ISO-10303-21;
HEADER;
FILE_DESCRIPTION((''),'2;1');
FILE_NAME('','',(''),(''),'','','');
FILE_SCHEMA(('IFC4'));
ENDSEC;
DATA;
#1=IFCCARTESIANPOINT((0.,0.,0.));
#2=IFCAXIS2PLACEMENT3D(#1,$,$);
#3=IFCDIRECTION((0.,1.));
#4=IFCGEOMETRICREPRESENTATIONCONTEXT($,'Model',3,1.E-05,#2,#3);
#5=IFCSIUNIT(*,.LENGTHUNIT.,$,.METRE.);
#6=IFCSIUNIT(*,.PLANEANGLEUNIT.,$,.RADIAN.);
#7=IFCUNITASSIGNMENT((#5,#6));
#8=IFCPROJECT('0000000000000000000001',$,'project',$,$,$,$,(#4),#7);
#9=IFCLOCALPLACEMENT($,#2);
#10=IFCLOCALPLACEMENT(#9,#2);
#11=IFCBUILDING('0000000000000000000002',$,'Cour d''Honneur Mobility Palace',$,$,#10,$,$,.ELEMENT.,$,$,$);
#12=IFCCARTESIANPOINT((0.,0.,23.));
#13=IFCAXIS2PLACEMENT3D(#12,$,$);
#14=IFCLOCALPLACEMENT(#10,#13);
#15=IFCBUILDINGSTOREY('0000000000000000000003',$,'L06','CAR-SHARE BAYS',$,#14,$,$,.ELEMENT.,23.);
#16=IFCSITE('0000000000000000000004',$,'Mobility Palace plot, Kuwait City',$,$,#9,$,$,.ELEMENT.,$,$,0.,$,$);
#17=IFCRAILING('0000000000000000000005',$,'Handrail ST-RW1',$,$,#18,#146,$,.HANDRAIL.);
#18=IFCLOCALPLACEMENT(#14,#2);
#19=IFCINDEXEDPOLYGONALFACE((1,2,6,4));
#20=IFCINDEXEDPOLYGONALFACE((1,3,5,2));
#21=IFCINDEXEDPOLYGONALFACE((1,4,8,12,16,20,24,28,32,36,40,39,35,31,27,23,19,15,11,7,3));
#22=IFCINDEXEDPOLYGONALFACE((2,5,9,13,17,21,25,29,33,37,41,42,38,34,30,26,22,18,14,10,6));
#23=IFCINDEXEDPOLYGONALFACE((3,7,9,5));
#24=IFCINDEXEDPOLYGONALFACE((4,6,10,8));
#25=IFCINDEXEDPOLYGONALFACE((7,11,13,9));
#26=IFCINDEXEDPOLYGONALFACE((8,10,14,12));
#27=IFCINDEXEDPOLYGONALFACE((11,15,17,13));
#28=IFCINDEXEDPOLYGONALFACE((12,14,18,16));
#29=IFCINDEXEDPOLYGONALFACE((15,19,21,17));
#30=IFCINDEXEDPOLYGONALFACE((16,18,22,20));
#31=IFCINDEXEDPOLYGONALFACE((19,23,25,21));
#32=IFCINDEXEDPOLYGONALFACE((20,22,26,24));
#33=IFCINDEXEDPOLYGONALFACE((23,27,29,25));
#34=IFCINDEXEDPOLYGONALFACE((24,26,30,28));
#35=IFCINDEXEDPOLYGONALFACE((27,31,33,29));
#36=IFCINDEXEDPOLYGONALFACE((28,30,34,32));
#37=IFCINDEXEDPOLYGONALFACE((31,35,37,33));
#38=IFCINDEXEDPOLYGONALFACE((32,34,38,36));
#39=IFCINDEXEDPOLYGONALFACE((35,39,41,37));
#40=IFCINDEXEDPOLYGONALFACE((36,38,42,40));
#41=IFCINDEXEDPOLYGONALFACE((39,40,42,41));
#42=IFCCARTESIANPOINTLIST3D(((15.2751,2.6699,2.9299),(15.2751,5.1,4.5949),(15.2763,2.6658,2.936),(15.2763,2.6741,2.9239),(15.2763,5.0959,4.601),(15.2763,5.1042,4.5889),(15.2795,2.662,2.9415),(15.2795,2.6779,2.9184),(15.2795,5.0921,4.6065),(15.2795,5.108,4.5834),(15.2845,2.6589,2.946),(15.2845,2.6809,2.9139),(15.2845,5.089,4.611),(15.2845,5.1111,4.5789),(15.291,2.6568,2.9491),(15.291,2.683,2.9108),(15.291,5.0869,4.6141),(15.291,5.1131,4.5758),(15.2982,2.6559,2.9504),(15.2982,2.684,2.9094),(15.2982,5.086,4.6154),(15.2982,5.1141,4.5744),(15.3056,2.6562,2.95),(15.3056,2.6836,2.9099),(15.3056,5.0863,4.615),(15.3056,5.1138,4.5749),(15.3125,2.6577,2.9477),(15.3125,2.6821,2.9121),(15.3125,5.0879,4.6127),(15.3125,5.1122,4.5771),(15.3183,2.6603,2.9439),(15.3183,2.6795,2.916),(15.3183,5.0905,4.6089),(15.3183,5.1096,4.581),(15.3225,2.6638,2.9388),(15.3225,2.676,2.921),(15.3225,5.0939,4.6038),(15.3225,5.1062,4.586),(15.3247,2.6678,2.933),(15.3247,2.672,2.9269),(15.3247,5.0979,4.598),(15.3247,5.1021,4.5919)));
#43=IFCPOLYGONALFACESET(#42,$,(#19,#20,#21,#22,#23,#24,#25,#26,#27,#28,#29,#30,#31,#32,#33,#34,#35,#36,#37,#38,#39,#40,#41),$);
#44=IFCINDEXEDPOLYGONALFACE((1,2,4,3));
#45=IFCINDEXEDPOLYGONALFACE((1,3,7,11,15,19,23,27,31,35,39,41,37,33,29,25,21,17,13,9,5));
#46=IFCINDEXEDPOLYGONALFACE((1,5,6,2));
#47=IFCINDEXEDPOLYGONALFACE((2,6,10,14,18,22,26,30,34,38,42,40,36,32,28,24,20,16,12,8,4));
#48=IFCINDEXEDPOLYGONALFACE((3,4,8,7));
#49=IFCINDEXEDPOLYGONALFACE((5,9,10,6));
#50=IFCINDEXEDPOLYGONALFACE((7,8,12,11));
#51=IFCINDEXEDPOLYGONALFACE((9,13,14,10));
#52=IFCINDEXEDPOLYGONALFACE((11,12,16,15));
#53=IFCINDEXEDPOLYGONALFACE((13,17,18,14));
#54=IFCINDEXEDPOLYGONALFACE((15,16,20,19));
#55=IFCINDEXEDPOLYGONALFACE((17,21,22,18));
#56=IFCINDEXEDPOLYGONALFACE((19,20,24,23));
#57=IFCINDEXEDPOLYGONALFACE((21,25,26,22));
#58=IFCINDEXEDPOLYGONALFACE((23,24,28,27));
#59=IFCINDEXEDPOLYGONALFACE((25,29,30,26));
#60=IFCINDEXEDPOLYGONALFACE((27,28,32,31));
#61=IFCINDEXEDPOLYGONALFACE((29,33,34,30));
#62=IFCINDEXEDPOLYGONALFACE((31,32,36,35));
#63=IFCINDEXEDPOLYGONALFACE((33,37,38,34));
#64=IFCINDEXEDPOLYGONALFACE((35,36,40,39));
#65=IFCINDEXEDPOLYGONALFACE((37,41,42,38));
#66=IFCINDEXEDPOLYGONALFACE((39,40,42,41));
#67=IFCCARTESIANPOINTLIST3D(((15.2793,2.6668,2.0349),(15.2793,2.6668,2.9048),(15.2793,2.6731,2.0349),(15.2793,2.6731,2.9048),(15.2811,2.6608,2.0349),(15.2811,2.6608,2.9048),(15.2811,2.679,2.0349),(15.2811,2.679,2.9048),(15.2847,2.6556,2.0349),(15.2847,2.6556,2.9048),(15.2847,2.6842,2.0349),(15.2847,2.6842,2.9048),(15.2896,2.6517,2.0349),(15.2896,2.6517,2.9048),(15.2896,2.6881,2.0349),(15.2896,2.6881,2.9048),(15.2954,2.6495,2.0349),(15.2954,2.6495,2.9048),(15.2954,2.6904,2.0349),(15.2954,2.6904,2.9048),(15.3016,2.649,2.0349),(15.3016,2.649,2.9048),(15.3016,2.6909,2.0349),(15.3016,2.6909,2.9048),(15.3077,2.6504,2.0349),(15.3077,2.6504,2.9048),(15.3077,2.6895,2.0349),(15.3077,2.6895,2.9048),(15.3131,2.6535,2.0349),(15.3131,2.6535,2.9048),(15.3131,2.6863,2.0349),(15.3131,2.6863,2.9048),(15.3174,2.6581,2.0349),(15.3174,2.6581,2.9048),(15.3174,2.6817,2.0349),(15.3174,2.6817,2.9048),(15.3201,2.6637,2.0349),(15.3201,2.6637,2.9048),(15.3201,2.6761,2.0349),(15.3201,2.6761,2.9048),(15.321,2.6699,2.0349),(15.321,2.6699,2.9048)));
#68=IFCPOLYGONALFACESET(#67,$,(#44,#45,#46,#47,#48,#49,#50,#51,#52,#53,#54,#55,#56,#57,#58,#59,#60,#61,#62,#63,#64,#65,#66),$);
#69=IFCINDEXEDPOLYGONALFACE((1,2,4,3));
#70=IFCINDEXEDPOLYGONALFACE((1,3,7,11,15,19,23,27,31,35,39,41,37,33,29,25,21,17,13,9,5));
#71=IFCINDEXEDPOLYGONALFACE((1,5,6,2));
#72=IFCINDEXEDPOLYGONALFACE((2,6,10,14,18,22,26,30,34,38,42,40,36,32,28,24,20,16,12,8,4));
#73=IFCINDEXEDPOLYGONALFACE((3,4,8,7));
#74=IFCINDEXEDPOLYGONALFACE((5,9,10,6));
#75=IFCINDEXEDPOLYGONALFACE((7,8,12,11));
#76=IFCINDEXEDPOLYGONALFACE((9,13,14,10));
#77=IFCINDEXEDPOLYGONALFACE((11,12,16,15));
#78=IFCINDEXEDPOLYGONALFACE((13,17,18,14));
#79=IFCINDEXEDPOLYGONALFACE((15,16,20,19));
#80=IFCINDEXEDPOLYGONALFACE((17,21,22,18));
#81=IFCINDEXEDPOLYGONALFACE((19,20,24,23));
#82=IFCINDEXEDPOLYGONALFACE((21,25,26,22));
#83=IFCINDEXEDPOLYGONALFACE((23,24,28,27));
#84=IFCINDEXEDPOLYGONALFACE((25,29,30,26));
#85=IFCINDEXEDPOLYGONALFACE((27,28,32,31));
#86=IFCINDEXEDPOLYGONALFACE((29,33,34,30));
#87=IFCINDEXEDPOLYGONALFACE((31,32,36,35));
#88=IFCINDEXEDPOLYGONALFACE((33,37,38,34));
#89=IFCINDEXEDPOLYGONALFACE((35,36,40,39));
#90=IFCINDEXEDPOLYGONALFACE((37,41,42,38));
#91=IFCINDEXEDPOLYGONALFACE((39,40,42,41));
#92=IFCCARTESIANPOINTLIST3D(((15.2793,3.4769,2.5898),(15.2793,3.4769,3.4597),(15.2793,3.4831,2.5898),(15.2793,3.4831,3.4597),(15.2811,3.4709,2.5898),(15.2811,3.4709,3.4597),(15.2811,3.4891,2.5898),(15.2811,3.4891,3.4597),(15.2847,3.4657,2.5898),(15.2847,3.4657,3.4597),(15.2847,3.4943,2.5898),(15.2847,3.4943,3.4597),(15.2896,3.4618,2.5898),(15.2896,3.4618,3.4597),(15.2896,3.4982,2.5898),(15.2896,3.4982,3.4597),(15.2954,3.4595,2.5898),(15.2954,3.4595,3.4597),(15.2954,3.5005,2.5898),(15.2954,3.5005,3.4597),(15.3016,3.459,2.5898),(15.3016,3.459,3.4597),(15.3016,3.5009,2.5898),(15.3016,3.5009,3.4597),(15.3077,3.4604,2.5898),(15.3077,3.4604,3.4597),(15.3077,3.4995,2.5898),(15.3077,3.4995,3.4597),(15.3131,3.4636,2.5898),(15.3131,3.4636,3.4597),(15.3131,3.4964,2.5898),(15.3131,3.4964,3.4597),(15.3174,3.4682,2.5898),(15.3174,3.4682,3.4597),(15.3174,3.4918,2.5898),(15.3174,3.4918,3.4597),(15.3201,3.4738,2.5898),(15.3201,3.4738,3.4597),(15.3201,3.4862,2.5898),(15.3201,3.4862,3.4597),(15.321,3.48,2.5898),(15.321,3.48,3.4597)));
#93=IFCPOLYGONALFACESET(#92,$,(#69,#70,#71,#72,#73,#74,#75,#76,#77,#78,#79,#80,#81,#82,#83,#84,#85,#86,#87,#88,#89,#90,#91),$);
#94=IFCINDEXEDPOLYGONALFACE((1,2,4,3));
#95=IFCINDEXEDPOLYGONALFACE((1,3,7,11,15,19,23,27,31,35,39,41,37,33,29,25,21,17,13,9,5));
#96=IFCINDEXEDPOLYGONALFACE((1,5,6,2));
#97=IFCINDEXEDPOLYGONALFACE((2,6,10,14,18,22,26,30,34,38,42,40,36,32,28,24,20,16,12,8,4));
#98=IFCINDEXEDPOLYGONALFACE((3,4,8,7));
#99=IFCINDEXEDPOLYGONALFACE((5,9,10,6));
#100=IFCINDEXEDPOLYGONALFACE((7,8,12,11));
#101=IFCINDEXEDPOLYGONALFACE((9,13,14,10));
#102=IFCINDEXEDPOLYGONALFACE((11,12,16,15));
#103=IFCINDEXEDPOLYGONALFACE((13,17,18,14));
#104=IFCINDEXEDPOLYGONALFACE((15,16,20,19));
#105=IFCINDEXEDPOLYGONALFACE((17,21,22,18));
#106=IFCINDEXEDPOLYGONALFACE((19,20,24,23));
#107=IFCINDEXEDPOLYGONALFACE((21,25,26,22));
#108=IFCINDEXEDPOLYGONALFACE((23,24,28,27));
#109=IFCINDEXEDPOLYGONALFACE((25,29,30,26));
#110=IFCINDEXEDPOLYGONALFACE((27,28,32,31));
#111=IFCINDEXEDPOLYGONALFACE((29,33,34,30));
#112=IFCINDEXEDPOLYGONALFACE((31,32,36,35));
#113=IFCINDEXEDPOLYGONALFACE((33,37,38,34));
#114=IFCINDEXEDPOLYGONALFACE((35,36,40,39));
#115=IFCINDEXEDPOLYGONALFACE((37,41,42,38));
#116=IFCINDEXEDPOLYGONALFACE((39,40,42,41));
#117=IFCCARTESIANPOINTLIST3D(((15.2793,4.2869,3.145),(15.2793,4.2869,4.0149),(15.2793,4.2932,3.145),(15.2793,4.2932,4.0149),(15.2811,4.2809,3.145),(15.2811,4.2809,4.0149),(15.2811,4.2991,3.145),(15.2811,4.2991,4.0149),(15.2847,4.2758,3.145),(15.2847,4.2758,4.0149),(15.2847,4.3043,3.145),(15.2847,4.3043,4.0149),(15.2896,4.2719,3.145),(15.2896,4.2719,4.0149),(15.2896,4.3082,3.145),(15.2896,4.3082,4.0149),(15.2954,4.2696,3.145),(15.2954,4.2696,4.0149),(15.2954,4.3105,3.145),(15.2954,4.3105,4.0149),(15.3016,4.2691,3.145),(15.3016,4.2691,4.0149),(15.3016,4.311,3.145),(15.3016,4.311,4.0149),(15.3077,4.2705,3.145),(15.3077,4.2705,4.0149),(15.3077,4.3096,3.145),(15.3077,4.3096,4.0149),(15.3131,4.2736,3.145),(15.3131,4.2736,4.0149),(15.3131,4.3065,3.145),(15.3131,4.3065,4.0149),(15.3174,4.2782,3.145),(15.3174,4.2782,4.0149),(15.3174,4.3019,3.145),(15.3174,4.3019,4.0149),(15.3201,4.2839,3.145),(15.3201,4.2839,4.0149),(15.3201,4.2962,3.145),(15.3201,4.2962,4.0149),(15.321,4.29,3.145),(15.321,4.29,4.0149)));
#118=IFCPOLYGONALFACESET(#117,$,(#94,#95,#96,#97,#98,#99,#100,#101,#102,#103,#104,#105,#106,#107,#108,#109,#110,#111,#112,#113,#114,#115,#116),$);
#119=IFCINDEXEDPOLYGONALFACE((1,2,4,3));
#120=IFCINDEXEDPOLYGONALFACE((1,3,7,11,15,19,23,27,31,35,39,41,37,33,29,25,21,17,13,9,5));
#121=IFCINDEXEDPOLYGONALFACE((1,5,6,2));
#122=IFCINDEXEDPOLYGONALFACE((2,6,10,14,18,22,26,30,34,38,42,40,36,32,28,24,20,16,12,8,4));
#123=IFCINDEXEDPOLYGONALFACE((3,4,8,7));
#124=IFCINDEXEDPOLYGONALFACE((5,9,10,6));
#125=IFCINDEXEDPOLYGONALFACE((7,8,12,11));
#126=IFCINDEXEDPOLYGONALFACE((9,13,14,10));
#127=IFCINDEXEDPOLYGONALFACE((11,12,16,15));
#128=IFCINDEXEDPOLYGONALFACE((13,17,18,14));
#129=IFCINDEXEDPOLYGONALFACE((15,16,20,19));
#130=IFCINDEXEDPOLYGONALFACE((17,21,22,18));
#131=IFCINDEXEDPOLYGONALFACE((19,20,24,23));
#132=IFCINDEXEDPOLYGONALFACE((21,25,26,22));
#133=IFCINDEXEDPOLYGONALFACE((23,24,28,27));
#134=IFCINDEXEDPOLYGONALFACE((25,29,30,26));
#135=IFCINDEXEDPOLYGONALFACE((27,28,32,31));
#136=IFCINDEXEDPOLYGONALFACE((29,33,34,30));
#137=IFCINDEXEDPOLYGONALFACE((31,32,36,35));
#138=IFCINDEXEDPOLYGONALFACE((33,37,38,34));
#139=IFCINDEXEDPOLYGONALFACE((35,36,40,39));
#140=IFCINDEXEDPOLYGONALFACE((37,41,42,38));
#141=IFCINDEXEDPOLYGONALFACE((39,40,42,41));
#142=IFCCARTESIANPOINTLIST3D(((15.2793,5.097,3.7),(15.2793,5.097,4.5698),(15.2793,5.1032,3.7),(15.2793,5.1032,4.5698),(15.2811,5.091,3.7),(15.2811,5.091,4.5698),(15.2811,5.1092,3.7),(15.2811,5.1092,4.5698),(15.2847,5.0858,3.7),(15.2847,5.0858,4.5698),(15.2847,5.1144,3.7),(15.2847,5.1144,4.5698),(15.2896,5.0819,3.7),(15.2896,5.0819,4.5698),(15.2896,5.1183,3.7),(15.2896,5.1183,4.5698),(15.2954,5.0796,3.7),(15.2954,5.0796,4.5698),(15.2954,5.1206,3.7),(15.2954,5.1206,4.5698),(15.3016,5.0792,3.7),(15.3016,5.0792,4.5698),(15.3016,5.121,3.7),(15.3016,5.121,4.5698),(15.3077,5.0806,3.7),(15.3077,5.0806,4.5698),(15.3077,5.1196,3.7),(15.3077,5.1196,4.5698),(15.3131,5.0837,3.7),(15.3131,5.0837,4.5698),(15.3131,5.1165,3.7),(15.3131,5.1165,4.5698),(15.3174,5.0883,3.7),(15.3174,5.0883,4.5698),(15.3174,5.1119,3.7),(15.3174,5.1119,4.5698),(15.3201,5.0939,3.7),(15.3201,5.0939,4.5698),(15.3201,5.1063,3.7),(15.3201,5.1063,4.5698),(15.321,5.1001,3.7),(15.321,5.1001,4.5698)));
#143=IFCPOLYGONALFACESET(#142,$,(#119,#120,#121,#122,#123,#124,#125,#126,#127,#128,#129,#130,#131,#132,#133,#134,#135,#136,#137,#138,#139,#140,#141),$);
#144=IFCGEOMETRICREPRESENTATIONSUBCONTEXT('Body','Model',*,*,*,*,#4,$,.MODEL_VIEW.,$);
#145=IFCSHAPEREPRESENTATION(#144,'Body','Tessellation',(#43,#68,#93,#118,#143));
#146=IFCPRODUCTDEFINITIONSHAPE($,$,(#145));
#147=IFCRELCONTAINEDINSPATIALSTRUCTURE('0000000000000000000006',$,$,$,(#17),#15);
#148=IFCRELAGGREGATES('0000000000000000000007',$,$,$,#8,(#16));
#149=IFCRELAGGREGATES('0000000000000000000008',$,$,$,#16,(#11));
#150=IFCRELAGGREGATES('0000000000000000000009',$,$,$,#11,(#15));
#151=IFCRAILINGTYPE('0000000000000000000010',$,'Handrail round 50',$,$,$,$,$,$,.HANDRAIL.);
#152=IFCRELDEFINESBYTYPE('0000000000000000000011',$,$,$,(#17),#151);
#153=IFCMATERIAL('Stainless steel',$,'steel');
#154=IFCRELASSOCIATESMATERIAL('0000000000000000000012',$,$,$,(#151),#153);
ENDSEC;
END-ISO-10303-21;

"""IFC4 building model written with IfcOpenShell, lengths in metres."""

from ifc_helpers import new_model, si_unit, direction, frame, origin, origin_2d, place, context, subcontext, project, spatial, circle, extrude, material, type_object, element, save


model = new_model("IFC4")

# Units and contexts
model_context = context("Model", 3, precision=1e-05, world=origin(), true_north=direction((0.0, 1.0)))
body_context = subcontext(model_context, "Body", "Model", "MODEL_VIEW")
ifc_project = project(units=[si_unit("LENGTHUNIT", "METRE"), si_unit("PLANEANGLEUNIT", "RADIAN")], contexts=[model_context])

# Site, building, storey
site_placement = place(None, origin())
site = spatial("IfcSite", under=ifc_project, at=site_placement, Name="Mobility Palace plot, Kuwait City", CompositionType="ELEMENT", RefElevation=0.0)
building_placement = place(site_placement, origin())
building = spatial("IfcBuilding", under=site, at=building_placement, Name="Cour d'Honneur Mobility Palace", CompositionType="ELEMENT")
storey_placement = place(building_placement, frame((0.0, 0.0, 23.0)))
storey = spatial("IfcBuildingStorey", under=building, at=storey_placement, Name="L06", Description="CAR-SHARE BAYS", CompositionType="ELEMENT", Elevation=23.0)

# Railing
ifc_material_1 = material(Name="Stainless steel", Category="steel")
railing_type_1 = type_object("IfcRailingType", Name="Handrail round 50", PredefinedType="HANDRAIL", material=ifc_material_1)
for number, where, name in (
    (1, (15.3, 2.6699, 2.0349), "Handrail ST-RW1"),
):
    element("IfcRailing", number, at=place(storey_placement, frame(where)), inside=storey, type_object=railing_type_1, Name=name, PredefinedType="HANDRAIL", context=body_context, shape_type="SweptSolid", body=[
        extrude(circle(Radius=0.0249, at=origin_2d()), frame((0.0, 0.0, 0.895), z_axis=(0.0, 0.824945, 0.565213), x_axis=(-1.0, 0.0, 0.0)), (0.0, 0.0, 1.0), 2.9458),
        extrude(circle(Radius=0.021, at=origin_2d()), origin(), (0.0, 0.0, 1.0), 0.8699),
        extrude(circle(Radius=0.021, at=origin_2d()), frame((0.0, 0.8101, 0.5549)), (0.0, 0.0, 1.0), 0.8699),
        extrude(circle(Radius=0.021, at=origin_2d()), frame((0.0, 1.6201, 1.1101)), (0.0, 0.0, 1.0), 0.8699),
        extrude(circle(Radius=0.021, at=origin_2d()), frame((0.0, 2.4302, 1.665)), (0.0, 0.0, 1.0), 0.8699),
    ])

save(model, "model.ifc")
